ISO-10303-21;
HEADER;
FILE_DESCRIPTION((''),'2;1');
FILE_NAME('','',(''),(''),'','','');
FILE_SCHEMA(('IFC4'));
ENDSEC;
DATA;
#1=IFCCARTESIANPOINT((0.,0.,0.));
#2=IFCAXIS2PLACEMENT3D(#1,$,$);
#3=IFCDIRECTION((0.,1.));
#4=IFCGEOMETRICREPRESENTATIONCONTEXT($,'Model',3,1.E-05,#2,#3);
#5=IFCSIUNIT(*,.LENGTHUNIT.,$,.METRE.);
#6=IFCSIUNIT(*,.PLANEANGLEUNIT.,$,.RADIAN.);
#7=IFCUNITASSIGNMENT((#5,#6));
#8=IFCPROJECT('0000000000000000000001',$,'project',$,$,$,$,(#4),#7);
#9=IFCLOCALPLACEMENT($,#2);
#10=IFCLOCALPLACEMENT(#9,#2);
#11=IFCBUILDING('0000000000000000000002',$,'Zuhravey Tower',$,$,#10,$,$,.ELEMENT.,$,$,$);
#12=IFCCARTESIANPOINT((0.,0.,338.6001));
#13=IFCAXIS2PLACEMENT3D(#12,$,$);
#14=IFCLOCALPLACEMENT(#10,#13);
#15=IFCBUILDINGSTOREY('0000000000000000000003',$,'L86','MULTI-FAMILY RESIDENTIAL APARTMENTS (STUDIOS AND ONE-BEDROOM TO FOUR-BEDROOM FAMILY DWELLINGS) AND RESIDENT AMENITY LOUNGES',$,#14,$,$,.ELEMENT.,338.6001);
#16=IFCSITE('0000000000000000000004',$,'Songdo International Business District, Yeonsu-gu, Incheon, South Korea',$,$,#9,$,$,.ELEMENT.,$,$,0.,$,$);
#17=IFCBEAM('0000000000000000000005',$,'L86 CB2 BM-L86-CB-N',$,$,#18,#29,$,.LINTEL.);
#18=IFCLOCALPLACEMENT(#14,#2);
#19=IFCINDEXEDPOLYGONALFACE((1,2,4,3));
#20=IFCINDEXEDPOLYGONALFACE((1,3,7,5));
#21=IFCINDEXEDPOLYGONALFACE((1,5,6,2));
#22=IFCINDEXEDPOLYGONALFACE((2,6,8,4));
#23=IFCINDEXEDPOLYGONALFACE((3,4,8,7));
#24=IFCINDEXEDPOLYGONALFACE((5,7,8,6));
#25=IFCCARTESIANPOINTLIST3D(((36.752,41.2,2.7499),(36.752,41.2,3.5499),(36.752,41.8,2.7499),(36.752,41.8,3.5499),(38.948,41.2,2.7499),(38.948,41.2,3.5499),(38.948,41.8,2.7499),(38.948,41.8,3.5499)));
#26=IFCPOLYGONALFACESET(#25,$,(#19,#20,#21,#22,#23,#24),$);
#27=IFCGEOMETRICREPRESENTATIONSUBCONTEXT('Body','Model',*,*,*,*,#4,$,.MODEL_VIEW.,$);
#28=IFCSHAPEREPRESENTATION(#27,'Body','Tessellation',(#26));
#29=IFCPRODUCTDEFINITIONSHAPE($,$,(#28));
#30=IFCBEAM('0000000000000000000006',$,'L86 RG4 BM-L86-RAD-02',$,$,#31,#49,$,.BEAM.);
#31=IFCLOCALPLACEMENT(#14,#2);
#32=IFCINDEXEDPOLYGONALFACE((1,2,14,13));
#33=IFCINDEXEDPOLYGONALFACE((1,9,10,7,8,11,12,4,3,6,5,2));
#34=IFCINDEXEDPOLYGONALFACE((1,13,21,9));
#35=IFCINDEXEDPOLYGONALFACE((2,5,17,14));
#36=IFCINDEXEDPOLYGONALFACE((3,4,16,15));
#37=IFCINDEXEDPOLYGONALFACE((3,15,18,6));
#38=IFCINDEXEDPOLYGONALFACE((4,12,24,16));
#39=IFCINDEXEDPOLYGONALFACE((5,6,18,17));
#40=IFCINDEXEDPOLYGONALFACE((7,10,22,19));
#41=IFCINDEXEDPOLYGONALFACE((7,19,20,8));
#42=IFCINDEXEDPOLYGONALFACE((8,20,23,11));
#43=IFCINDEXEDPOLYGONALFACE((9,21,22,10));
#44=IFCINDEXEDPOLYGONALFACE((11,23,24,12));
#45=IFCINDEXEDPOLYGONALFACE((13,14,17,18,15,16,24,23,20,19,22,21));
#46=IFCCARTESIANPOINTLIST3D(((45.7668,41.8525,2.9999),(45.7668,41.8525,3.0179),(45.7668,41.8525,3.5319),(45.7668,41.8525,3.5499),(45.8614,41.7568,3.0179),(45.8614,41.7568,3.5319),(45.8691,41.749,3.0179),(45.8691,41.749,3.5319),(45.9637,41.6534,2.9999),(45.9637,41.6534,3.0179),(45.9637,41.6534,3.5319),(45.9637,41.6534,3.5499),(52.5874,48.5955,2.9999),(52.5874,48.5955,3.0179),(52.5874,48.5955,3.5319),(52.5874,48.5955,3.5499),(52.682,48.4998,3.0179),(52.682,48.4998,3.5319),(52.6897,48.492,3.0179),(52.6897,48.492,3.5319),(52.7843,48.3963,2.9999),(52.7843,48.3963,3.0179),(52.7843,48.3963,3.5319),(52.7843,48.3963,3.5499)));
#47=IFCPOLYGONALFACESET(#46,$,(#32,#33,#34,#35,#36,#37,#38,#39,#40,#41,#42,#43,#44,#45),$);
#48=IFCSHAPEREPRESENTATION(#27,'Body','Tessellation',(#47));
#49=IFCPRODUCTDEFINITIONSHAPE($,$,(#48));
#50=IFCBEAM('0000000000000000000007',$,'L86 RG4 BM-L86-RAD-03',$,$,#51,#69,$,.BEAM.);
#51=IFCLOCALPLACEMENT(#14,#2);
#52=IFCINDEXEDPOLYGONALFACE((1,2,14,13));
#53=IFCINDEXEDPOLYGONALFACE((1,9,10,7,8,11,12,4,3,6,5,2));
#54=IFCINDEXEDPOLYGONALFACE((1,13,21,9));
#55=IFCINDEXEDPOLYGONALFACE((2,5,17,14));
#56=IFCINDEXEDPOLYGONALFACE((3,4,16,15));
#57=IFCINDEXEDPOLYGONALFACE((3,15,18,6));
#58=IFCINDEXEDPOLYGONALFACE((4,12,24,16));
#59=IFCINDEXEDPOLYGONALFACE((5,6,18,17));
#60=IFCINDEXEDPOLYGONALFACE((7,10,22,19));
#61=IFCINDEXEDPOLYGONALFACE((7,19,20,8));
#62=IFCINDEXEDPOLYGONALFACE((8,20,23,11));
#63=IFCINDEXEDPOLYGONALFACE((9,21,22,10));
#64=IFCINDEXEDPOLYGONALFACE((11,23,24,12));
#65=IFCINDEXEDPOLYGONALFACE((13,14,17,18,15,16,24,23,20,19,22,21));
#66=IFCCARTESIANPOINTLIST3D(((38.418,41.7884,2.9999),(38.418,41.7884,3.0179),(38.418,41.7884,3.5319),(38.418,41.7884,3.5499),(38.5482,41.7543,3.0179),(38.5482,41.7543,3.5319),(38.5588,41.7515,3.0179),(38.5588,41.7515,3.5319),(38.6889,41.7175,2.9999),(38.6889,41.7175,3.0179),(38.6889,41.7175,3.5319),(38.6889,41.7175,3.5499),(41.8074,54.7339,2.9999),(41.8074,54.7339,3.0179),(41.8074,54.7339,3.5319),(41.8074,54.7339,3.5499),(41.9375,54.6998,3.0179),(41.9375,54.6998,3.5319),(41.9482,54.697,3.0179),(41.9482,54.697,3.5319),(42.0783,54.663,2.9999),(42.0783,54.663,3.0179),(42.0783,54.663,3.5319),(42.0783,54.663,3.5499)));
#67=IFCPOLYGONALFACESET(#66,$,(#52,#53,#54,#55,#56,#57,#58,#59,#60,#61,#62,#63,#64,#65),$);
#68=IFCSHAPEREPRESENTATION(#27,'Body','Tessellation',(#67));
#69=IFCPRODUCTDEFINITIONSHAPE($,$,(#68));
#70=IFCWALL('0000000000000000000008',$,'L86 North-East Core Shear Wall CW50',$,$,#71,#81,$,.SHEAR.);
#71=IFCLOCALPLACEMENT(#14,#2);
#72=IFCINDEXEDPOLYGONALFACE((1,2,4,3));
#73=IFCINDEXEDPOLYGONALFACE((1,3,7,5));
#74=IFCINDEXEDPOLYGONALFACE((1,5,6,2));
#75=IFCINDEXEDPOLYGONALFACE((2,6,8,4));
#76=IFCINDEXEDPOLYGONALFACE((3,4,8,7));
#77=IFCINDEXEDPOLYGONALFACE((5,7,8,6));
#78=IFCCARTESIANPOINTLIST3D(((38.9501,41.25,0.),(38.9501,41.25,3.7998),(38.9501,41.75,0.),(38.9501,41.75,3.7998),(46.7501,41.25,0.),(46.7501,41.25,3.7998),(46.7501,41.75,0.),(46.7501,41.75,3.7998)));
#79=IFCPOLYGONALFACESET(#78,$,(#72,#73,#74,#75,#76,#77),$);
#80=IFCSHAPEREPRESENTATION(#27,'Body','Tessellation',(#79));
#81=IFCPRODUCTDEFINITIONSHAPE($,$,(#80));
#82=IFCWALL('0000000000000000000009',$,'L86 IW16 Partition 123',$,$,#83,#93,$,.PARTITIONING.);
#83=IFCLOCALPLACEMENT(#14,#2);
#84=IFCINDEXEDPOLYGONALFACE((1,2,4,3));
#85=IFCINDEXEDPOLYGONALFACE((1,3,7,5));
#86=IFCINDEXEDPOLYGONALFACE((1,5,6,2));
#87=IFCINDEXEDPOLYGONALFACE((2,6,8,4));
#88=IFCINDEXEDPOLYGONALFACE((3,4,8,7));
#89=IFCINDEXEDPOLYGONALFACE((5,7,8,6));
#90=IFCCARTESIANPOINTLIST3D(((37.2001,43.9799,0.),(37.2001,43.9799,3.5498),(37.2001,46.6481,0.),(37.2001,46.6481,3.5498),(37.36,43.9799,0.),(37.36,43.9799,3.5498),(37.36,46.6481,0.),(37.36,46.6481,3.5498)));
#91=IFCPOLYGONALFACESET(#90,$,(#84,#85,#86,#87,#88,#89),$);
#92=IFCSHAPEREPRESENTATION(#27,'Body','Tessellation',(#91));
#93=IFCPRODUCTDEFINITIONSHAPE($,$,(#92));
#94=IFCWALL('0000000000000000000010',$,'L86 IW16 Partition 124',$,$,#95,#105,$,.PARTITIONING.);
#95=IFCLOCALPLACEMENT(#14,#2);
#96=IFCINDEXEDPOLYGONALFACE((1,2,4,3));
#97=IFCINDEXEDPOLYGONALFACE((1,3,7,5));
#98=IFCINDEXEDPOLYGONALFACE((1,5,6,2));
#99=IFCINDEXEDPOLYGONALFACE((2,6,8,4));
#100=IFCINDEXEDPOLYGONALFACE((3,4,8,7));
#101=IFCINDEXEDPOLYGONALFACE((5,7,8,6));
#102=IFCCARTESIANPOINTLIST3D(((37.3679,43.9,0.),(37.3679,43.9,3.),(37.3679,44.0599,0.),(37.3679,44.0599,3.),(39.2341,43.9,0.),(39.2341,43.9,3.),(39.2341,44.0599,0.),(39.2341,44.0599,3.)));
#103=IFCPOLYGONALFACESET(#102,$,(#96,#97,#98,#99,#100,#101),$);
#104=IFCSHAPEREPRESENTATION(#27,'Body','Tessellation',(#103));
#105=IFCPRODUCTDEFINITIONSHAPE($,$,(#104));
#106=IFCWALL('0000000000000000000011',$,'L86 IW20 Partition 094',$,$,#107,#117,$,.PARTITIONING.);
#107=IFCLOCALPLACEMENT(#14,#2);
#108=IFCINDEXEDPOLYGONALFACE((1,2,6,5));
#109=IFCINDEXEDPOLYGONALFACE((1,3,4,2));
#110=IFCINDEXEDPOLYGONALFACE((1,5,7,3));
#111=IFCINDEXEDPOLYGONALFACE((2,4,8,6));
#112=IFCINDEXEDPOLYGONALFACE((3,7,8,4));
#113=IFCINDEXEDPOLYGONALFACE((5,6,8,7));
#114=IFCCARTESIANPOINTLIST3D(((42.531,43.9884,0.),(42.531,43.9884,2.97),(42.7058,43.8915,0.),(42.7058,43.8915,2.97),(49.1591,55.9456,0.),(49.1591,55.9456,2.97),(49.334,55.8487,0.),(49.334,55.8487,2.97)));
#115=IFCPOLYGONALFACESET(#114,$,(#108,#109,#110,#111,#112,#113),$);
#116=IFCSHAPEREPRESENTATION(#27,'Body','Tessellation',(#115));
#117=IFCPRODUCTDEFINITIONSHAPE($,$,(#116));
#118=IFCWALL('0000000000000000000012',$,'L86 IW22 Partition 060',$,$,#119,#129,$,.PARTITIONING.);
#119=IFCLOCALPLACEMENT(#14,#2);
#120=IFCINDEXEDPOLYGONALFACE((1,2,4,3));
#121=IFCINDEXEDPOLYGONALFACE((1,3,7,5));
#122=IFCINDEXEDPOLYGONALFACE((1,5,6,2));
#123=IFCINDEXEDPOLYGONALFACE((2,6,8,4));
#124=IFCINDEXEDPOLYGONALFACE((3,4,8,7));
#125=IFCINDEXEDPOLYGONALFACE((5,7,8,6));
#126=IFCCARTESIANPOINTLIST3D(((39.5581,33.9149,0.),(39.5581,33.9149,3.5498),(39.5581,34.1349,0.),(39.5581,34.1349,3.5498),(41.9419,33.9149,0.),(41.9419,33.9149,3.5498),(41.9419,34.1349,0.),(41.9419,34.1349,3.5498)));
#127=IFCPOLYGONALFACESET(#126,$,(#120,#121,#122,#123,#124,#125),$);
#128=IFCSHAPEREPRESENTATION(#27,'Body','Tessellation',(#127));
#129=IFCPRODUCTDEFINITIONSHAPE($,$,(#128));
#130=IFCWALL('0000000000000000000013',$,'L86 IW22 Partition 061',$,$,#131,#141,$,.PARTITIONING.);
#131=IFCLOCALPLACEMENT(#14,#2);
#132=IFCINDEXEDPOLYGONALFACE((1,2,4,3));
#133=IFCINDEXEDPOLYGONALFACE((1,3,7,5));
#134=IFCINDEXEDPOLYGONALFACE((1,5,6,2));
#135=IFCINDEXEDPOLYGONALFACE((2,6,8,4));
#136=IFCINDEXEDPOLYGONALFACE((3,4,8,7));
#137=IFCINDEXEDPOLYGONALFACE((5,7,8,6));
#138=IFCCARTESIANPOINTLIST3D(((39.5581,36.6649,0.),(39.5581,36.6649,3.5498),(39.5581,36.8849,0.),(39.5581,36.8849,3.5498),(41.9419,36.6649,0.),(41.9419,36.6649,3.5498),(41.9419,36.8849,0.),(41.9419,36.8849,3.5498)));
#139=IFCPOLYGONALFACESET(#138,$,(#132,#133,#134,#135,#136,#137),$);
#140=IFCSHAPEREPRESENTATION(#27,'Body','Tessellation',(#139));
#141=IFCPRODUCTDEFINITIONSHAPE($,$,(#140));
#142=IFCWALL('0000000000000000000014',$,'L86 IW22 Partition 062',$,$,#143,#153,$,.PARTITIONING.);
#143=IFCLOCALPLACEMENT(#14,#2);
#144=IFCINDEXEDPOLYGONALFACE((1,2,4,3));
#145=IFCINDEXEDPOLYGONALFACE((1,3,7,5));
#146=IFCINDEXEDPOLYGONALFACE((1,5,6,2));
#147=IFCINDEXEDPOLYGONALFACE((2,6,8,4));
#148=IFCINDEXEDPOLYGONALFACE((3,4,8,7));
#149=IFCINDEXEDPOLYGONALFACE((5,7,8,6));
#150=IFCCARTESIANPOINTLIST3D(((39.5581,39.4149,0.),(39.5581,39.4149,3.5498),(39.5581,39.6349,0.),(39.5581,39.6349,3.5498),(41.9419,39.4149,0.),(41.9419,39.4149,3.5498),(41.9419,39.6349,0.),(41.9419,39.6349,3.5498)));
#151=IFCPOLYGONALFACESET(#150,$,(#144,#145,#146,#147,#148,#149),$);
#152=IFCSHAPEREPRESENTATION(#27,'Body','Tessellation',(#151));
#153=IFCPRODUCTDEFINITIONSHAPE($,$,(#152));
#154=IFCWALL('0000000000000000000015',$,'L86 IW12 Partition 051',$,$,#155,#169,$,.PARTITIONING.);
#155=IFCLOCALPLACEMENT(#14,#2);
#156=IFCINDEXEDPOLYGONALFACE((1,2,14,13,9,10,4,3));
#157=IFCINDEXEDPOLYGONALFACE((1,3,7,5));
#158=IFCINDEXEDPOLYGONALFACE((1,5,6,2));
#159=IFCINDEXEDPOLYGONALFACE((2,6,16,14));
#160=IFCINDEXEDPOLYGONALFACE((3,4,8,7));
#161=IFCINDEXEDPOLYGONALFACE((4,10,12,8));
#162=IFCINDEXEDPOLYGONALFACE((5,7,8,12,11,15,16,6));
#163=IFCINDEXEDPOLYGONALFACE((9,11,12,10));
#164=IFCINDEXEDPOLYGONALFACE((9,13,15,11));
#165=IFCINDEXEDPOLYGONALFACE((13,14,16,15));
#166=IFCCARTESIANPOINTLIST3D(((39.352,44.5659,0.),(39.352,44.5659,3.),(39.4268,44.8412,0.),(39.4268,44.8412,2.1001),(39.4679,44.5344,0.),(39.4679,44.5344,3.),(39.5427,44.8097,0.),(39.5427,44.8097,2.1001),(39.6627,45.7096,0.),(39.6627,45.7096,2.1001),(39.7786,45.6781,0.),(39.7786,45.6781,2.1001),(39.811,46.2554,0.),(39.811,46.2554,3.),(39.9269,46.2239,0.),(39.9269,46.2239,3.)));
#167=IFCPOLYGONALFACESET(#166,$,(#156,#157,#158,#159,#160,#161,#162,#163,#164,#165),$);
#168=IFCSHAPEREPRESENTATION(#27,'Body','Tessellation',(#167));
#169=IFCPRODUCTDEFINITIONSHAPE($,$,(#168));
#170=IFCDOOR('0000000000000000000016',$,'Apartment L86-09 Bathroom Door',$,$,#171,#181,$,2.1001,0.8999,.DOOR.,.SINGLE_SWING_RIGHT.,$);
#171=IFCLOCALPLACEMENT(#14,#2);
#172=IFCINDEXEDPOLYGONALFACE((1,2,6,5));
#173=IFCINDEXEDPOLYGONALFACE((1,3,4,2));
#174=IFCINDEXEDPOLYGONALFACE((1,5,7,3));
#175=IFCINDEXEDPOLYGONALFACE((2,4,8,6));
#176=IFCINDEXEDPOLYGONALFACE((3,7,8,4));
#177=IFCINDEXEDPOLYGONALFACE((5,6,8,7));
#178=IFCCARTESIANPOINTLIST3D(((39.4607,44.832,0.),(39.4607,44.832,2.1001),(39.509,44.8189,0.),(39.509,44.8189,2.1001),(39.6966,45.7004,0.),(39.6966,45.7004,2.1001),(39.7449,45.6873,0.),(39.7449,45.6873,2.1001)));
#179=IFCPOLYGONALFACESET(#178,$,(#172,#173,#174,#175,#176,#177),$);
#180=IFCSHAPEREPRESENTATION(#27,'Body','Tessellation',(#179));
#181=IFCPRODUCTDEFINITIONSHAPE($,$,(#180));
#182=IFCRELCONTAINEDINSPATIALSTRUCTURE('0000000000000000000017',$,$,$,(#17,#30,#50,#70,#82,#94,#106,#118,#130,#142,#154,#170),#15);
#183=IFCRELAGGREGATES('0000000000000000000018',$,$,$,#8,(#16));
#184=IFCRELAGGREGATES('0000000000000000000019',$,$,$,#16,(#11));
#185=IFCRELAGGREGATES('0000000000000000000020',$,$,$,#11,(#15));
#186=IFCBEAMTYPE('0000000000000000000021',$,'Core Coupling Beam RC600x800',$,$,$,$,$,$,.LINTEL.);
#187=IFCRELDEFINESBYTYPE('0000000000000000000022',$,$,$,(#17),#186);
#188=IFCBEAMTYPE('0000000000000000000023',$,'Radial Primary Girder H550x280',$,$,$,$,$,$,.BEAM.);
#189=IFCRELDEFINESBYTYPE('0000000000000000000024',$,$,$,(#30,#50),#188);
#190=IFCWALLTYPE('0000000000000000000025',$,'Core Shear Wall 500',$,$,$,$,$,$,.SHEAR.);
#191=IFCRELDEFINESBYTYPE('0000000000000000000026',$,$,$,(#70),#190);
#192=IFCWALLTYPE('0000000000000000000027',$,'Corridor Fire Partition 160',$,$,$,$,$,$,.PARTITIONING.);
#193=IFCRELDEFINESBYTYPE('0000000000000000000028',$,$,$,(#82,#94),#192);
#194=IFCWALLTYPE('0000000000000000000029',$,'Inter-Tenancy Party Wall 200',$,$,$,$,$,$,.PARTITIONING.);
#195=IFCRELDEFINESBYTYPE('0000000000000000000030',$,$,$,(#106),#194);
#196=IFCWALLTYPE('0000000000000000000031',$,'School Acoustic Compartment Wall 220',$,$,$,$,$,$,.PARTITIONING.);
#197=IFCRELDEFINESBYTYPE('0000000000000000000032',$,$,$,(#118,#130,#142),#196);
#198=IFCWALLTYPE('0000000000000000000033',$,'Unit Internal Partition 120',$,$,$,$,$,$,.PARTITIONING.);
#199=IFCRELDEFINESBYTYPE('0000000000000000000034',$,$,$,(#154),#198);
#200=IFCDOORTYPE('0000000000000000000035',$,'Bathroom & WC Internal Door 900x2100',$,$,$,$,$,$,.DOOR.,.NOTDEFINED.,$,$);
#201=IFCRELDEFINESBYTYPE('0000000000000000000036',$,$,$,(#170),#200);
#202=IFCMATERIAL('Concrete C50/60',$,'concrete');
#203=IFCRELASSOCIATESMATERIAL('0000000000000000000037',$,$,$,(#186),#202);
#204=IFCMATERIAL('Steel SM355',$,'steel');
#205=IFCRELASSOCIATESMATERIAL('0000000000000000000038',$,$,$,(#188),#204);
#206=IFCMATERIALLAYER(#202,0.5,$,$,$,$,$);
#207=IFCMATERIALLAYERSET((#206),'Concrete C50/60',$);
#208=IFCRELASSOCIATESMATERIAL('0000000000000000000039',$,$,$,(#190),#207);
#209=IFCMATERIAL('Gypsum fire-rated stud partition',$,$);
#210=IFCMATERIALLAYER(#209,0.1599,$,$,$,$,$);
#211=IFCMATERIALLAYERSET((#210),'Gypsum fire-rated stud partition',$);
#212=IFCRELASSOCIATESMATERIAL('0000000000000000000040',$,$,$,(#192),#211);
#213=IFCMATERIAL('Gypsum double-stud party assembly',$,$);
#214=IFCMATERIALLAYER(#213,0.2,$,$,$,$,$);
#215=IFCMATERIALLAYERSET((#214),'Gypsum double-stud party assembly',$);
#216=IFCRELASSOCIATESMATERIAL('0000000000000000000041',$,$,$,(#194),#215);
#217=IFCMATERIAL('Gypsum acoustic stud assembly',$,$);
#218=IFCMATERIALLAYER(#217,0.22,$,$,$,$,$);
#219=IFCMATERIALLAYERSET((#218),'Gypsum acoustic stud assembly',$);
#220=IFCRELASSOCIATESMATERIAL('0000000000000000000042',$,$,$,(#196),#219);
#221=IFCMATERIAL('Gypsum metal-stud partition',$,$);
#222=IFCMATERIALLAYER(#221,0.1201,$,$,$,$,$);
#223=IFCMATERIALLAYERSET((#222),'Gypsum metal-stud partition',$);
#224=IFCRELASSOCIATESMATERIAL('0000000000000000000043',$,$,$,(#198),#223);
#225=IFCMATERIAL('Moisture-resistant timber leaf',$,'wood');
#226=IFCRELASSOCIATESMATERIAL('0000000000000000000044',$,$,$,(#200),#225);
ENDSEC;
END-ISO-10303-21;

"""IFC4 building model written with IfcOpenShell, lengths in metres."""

from ifc_helpers import new_model, si_unit, direction, frame, frame_2d, origin, origin_2d, place, context, subcontext, project, spatial, rectangle, i_section, extrude, material, layer, layer_set, material_profile, profile_set, type_object, element, fill, save


model = new_model("IFC4")

# Units and contexts
model_context = context("Model", 3, precision=1e-05, world=origin(), true_north=direction((0.0, 1.0)))
body_context = subcontext(model_context, "Body", "Model", "MODEL_VIEW")
ifc_project = project(units=[si_unit("LENGTHUNIT", "METRE"), si_unit("PLANEANGLEUNIT", "RADIAN")], contexts=[model_context])

# Site, building, storey
site_placement = place(None, origin())
site = spatial("IfcSite", under=ifc_project, at=site_placement, Name="Songdo International Business District, Yeonsu-gu, Incheon, South Korea", CompositionType="ELEMENT", RefElevation=0.0)
building_placement = place(site_placement, origin())
building = spatial("IfcBuilding", under=site, at=building_placement, Name="Zuhravey Tower", CompositionType="ELEMENT")
storey_placement = place(building_placement, frame((0.0, 0.0, 338.6001)))
storey = spatial("IfcBuildingStorey", under=building, at=storey_placement, Name="L86", Description="MULTI-FAMILY RESIDENTIAL APARTMENTS (STUDIOS AND ONE-BEDROOM TO FOUR-BEDROOM FAMILY DWELLINGS) AND RESIDENT AMENITY LOUNGES", CompositionType="ELEMENT", Elevation=338.6001)

# Beams
ifc_material_1 = material(Name="Concrete C50/60", Category="concrete")
ifc_material_profile_1 = material_profile(ifc_material_1, rectangle(XDim=0.6001, YDim=0.8, at=origin_2d()), Name="RC-600x800")
ifc_profile_set_1 = profile_set([ifc_material_profile_1], Name="Concrete C50/60")
beam_type_1 = type_object("IfcBeamType", Name="Core Coupling Beam RC600x800", PredefinedType="LINTEL", material=ifc_profile_set_1)
beam_1_placement = place(storey_placement, frame((36.752, 41.5, 3.1499), z_axis=(1.0, 0.0, 0.0), x_axis=(0.0, 1.0, 0.0)))
element("IfcBeam", 1, at=beam_1_placement, inside=storey, type_object=beam_type_1, Name="L86 CB2 BM-L86-CB-N", PredefinedType="LINTEL", context=body_context, shape_type="SweptSolid", body=[
    extrude(rectangle(XDim=0.6001, YDim=0.8, at=origin_2d()), origin(), (0.0, 0.0, 1.0), 2.196),
])
ifc_material_2 = material(Name="Steel SM355", Category="steel")
ifc_material_profile_2 = material_profile(ifc_material_2, i_section(OverallWidth=0.28, OverallDepth=0.55, WebThickness=0.011, FlangeThickness=0.0181, at=origin_2d()), Name="H-550x280x11x18")
ifc_profile_set_2 = profile_set([ifc_material_profile_2], Name="Steel SM355")
beam_type_2 = type_object("IfcBeamType", Name="Radial Primary Girder H550x280", PredefinedType="BEAM", material=ifc_profile_set_2)
beam_2_placement = place(storey_placement, frame((45.8652, 41.7529, 3.2749), z_axis=(0.711143, 0.703048, 0.0), x_axis=(-0.703048, 0.711143, 0.0)))
element("IfcBeam", 2, at=beam_2_placement, inside=storey, type_object=beam_type_2, Name="L86 RG4 BM-L86-RAD-02", PredefinedType="BEAM", context=body_context, shape_type="SweptSolid", body=[
    extrude(i_section(OverallWidth=0.28, OverallDepth=0.55, WebThickness=0.011, FlangeThickness=0.0181, at=origin_2d()), origin(), (0.0, 0.0, 1.0), 9.5911),
])
beam_3_placement = place(storey_placement, frame((38.5535, 41.7529, 3.2749), z_axis=(0.253283, 0.967392, 0.0), x_axis=(-0.967392, 0.253283, 0.0)))
element("IfcBeam", 3, at=beam_3_placement, inside=storey, type_object=beam_type_2, Name="L86 RG4 BM-L86-RAD-03", PredefinedType="BEAM", context=body_context, shape_type="SweptSolid", body=[
    extrude(i_section(OverallWidth=0.28, OverallDepth=0.55, WebThickness=0.011, FlangeThickness=0.0181, at=origin_2d()), origin(), (0.0, 0.0, 1.0), 13.3818),
])

# Wall
ifc_layer_1 = layer(ifc_material_1, 0.5)
ifc_layer_set_1 = layer_set([ifc_layer_1], Name="Concrete C50/60")
wall_type_1 = type_object("IfcWallType", Name="Core Shear Wall 500", PredefinedType="SHEAR", material=ifc_layer_set_1)
wall_1_placement = place(storey_placement, frame((46.75, 41.5, 0.0), z_axis=(0.0, 0.0, 1.0), x_axis=(-1.0, 0.0, 0.0)))
element("IfcWall", 4, at=wall_1_placement, inside=storey, type_object=wall_type_1, Name="L86 North-East Core Shear Wall CW50", PredefinedType="SHEAR", context=body_context, shape_type="SweptSolid", body=[
    extrude(rectangle(XDim=7.8, YDim=0.5, at=frame_2d((3.8999, 0.0))), origin(), (0.0, 0.0, 1.0), 3.7998),
])

# Shared definitions
ifc_material_3 = material(Name="Gypsum fire-rated stud partition")
ifc_layer_2 = layer(ifc_material_3, 0.1599)
ifc_layer_set_2 = layer_set([ifc_layer_2], Name="Gypsum fire-rated stud partition")
wall_type_2 = type_object("IfcWallType", Name="Corridor Fire Partition 160", PredefinedType="PARTITIONING", material=ifc_layer_set_2)

# Walls
wall_2_placement = place(storey_placement, frame((37.28, 43.98, 0.0), z_axis=(0.0, 0.0, 1.0), x_axis=(0.0, 1.0, 0.0)))
element("IfcWall", 5, at=wall_2_placement, inside=storey, type_object=wall_type_2, Name="L86 IW16 Partition 123", PredefinedType="PARTITIONING", context=body_context, shape_type="SweptSolid", body=[
    extrude(rectangle(XDim=2.6682, YDim=0.1599, at=frame_2d((1.334, 0.0))), origin(), (0.0, 0.0, 1.0), 3.5498),
])
wall_3_placement = place(storey_placement, frame((39.2341, 43.98, 0.0), z_axis=(0.0, 0.0, 1.0), x_axis=(-1.0, 0.0, 0.0)))
element("IfcWall", 6, at=wall_3_placement, inside=storey, type_object=wall_type_2, Name="L86 IW16 Partition 124", PredefinedType="PARTITIONING", context=body_context, shape_type="SweptSolid", body=[
    extrude(rectangle(XDim=1.8662, YDim=0.1599, at=frame_2d((0.9331, 0.0))), origin(), (0.0, 0.0, 1.0), 3.0),
])

# Walls
ifc_material_4 = material(Name="Gypsum double-stud party assembly")
ifc_layer_3 = layer(ifc_material_4, 0.2)
ifc_layer_set_3 = layer_set([ifc_layer_3], Name="Gypsum double-stud party assembly")
wall_type_3 = type_object("IfcWallType", Name="Inter-Tenancy Party Wall 200", PredefinedType="PARTITIONING", material=ifc_layer_set_3)
wall_4_placement = place(storey_placement, frame((42.6184, 43.9399, 0.0), z_axis=(0.0, 0.0, 1.0), x_axis=(0.484818, 0.874615, 0.0)))
element("IfcWall", 7, at=wall_4_placement, inside=storey, type_object=wall_type_3, Name="L86 IW20 Partition 094", PredefinedType="PARTITIONING", context=body_context, shape_type="SweptSolid", body=[
    extrude(rectangle(XDim=13.6714, YDim=0.2, at=frame_2d((6.8357, 0.0))), origin(), (0.0, 0.0, 1.0), 2.97),
])
ifc_material_5 = material(Name="Gypsum acoustic stud assembly")
ifc_layer_4 = layer(ifc_material_5, 0.22)
ifc_layer_set_4 = layer_set([ifc_layer_4], Name="Gypsum acoustic stud assembly")
wall_type_4 = type_object("IfcWallType", Name="School Acoustic Compartment Wall 220", PredefinedType="PARTITIONING", material=ifc_layer_set_4)
for number, where, z_axis, x_axis, name in (
    (8, (39.5581, 34.0249, 0.0), (0.0, 0.0, 1.0), (1.0, 0.0, 0.0), "L86 IW22 Partition 060"),
    (9, (39.5581, 36.7749, 0.0), (0.0, 0.0, 1.0), (1.0, 0.0, 0.0), "L86 IW22 Partition 061"),
    (10, (39.5581, 39.5249, 0.0), (0.0, 0.0, 1.0), (1.0, 0.0, 0.0), "L86 IW22 Partition 062"),
):
    element("IfcWall", number, at=place(storey_placement, frame(where, z_axis=z_axis, x_axis=x_axis)), inside=storey, type_object=wall_type_4, Name=name, PredefinedType="PARTITIONING", context=body_context, shape_type="SweptSolid", body=[
        extrude(rectangle(XDim=2.3838, YDim=0.22, at=frame_2d((1.1919, 0.0))), origin(), (0.0, 0.0, 1.0), 3.5498),
    ])

# Wall, opening, door
ifc_material_6 = material(Name="Gypsum metal-stud partition")
ifc_layer_5 = layer(ifc_material_6, 0.1201)
ifc_layer_set_5 = layer_set([ifc_layer_5], Name="Gypsum metal-stud partition")
wall_type_5 = type_object("IfcWallType", Name="Unit Internal Partition 120", PredefinedType="PARTITIONING", material=ifc_layer_set_5)
wall_5_placement = place(storey_placement, frame((39.4099, 44.55, 0.0), z_axis=(0.0, 0.0, 1.0), x_axis=(0.262173, 0.965021, 0.0)))
wall_5 = element("IfcWall", 11, at=wall_5_placement, inside=storey, type_object=wall_type_5, Name="L86 IW12 Partition 051", PredefinedType="PARTITIONING", context=body_context, shape_type="SweptSolid", body=[
    extrude(rectangle(XDim=1.7507, YDim=0.1201, at=frame_2d((0.8755, 0.0))), origin(), (0.0, 0.0, 1.0), 3.0),
])
opening_1_placement = place(wall_5_placement, frame((0.2854, 0.0, 0.0)))
opening_1 = element("IfcOpeningElement", 12, at=opening_1_placement, cuts=wall_5, PredefinedType="OPENING", context=body_context, shape_type="SweptSolid", body=[
    extrude(rectangle(XDim=0.8999, YDim=2.1001, at=frame_2d((0.45, 1.05))), frame((0.0, 0.072, 0.0), z_axis=(0.0, -1.0, 0.0), x_axis=(1.0, 0.0, 0.0)), (0.0, 0.0, 1.0), 0.144),
])
ifc_material_7 = material(Name="Moisture-resistant timber leaf", Category="wood")
door_type_1 = type_object("IfcDoorType", Name="Bathroom & WC Internal Door 900x2100", OperationType="NOTDEFINED", PredefinedType="DOOR", material=ifc_material_7)
door_1_placement = place(opening_1_placement, origin())
door_1 = element("IfcDoor", 13, at=door_1_placement, inside=storey, type_object=door_type_1, Name="Apartment L86-09 Bathroom Door", OperationType="SINGLE_SWING_RIGHT", OverallHeight=2.1001, OverallWidth=0.8999, PredefinedType="DOOR", context=body_context, shape_type="SweptSolid", body=[
    extrude(rectangle(XDim=0.8999, YDim=2.1001, at=frame_2d((0.45, 1.05))), frame((0.0, 0.0249, 0.0), z_axis=(0.0, -1.0, 0.0), x_axis=(1.0, 0.0, 0.0)), (0.0, 0.0, 1.0), 0.05),
])
fill(opening_1, door_1)

save(model, "model.ifc")
